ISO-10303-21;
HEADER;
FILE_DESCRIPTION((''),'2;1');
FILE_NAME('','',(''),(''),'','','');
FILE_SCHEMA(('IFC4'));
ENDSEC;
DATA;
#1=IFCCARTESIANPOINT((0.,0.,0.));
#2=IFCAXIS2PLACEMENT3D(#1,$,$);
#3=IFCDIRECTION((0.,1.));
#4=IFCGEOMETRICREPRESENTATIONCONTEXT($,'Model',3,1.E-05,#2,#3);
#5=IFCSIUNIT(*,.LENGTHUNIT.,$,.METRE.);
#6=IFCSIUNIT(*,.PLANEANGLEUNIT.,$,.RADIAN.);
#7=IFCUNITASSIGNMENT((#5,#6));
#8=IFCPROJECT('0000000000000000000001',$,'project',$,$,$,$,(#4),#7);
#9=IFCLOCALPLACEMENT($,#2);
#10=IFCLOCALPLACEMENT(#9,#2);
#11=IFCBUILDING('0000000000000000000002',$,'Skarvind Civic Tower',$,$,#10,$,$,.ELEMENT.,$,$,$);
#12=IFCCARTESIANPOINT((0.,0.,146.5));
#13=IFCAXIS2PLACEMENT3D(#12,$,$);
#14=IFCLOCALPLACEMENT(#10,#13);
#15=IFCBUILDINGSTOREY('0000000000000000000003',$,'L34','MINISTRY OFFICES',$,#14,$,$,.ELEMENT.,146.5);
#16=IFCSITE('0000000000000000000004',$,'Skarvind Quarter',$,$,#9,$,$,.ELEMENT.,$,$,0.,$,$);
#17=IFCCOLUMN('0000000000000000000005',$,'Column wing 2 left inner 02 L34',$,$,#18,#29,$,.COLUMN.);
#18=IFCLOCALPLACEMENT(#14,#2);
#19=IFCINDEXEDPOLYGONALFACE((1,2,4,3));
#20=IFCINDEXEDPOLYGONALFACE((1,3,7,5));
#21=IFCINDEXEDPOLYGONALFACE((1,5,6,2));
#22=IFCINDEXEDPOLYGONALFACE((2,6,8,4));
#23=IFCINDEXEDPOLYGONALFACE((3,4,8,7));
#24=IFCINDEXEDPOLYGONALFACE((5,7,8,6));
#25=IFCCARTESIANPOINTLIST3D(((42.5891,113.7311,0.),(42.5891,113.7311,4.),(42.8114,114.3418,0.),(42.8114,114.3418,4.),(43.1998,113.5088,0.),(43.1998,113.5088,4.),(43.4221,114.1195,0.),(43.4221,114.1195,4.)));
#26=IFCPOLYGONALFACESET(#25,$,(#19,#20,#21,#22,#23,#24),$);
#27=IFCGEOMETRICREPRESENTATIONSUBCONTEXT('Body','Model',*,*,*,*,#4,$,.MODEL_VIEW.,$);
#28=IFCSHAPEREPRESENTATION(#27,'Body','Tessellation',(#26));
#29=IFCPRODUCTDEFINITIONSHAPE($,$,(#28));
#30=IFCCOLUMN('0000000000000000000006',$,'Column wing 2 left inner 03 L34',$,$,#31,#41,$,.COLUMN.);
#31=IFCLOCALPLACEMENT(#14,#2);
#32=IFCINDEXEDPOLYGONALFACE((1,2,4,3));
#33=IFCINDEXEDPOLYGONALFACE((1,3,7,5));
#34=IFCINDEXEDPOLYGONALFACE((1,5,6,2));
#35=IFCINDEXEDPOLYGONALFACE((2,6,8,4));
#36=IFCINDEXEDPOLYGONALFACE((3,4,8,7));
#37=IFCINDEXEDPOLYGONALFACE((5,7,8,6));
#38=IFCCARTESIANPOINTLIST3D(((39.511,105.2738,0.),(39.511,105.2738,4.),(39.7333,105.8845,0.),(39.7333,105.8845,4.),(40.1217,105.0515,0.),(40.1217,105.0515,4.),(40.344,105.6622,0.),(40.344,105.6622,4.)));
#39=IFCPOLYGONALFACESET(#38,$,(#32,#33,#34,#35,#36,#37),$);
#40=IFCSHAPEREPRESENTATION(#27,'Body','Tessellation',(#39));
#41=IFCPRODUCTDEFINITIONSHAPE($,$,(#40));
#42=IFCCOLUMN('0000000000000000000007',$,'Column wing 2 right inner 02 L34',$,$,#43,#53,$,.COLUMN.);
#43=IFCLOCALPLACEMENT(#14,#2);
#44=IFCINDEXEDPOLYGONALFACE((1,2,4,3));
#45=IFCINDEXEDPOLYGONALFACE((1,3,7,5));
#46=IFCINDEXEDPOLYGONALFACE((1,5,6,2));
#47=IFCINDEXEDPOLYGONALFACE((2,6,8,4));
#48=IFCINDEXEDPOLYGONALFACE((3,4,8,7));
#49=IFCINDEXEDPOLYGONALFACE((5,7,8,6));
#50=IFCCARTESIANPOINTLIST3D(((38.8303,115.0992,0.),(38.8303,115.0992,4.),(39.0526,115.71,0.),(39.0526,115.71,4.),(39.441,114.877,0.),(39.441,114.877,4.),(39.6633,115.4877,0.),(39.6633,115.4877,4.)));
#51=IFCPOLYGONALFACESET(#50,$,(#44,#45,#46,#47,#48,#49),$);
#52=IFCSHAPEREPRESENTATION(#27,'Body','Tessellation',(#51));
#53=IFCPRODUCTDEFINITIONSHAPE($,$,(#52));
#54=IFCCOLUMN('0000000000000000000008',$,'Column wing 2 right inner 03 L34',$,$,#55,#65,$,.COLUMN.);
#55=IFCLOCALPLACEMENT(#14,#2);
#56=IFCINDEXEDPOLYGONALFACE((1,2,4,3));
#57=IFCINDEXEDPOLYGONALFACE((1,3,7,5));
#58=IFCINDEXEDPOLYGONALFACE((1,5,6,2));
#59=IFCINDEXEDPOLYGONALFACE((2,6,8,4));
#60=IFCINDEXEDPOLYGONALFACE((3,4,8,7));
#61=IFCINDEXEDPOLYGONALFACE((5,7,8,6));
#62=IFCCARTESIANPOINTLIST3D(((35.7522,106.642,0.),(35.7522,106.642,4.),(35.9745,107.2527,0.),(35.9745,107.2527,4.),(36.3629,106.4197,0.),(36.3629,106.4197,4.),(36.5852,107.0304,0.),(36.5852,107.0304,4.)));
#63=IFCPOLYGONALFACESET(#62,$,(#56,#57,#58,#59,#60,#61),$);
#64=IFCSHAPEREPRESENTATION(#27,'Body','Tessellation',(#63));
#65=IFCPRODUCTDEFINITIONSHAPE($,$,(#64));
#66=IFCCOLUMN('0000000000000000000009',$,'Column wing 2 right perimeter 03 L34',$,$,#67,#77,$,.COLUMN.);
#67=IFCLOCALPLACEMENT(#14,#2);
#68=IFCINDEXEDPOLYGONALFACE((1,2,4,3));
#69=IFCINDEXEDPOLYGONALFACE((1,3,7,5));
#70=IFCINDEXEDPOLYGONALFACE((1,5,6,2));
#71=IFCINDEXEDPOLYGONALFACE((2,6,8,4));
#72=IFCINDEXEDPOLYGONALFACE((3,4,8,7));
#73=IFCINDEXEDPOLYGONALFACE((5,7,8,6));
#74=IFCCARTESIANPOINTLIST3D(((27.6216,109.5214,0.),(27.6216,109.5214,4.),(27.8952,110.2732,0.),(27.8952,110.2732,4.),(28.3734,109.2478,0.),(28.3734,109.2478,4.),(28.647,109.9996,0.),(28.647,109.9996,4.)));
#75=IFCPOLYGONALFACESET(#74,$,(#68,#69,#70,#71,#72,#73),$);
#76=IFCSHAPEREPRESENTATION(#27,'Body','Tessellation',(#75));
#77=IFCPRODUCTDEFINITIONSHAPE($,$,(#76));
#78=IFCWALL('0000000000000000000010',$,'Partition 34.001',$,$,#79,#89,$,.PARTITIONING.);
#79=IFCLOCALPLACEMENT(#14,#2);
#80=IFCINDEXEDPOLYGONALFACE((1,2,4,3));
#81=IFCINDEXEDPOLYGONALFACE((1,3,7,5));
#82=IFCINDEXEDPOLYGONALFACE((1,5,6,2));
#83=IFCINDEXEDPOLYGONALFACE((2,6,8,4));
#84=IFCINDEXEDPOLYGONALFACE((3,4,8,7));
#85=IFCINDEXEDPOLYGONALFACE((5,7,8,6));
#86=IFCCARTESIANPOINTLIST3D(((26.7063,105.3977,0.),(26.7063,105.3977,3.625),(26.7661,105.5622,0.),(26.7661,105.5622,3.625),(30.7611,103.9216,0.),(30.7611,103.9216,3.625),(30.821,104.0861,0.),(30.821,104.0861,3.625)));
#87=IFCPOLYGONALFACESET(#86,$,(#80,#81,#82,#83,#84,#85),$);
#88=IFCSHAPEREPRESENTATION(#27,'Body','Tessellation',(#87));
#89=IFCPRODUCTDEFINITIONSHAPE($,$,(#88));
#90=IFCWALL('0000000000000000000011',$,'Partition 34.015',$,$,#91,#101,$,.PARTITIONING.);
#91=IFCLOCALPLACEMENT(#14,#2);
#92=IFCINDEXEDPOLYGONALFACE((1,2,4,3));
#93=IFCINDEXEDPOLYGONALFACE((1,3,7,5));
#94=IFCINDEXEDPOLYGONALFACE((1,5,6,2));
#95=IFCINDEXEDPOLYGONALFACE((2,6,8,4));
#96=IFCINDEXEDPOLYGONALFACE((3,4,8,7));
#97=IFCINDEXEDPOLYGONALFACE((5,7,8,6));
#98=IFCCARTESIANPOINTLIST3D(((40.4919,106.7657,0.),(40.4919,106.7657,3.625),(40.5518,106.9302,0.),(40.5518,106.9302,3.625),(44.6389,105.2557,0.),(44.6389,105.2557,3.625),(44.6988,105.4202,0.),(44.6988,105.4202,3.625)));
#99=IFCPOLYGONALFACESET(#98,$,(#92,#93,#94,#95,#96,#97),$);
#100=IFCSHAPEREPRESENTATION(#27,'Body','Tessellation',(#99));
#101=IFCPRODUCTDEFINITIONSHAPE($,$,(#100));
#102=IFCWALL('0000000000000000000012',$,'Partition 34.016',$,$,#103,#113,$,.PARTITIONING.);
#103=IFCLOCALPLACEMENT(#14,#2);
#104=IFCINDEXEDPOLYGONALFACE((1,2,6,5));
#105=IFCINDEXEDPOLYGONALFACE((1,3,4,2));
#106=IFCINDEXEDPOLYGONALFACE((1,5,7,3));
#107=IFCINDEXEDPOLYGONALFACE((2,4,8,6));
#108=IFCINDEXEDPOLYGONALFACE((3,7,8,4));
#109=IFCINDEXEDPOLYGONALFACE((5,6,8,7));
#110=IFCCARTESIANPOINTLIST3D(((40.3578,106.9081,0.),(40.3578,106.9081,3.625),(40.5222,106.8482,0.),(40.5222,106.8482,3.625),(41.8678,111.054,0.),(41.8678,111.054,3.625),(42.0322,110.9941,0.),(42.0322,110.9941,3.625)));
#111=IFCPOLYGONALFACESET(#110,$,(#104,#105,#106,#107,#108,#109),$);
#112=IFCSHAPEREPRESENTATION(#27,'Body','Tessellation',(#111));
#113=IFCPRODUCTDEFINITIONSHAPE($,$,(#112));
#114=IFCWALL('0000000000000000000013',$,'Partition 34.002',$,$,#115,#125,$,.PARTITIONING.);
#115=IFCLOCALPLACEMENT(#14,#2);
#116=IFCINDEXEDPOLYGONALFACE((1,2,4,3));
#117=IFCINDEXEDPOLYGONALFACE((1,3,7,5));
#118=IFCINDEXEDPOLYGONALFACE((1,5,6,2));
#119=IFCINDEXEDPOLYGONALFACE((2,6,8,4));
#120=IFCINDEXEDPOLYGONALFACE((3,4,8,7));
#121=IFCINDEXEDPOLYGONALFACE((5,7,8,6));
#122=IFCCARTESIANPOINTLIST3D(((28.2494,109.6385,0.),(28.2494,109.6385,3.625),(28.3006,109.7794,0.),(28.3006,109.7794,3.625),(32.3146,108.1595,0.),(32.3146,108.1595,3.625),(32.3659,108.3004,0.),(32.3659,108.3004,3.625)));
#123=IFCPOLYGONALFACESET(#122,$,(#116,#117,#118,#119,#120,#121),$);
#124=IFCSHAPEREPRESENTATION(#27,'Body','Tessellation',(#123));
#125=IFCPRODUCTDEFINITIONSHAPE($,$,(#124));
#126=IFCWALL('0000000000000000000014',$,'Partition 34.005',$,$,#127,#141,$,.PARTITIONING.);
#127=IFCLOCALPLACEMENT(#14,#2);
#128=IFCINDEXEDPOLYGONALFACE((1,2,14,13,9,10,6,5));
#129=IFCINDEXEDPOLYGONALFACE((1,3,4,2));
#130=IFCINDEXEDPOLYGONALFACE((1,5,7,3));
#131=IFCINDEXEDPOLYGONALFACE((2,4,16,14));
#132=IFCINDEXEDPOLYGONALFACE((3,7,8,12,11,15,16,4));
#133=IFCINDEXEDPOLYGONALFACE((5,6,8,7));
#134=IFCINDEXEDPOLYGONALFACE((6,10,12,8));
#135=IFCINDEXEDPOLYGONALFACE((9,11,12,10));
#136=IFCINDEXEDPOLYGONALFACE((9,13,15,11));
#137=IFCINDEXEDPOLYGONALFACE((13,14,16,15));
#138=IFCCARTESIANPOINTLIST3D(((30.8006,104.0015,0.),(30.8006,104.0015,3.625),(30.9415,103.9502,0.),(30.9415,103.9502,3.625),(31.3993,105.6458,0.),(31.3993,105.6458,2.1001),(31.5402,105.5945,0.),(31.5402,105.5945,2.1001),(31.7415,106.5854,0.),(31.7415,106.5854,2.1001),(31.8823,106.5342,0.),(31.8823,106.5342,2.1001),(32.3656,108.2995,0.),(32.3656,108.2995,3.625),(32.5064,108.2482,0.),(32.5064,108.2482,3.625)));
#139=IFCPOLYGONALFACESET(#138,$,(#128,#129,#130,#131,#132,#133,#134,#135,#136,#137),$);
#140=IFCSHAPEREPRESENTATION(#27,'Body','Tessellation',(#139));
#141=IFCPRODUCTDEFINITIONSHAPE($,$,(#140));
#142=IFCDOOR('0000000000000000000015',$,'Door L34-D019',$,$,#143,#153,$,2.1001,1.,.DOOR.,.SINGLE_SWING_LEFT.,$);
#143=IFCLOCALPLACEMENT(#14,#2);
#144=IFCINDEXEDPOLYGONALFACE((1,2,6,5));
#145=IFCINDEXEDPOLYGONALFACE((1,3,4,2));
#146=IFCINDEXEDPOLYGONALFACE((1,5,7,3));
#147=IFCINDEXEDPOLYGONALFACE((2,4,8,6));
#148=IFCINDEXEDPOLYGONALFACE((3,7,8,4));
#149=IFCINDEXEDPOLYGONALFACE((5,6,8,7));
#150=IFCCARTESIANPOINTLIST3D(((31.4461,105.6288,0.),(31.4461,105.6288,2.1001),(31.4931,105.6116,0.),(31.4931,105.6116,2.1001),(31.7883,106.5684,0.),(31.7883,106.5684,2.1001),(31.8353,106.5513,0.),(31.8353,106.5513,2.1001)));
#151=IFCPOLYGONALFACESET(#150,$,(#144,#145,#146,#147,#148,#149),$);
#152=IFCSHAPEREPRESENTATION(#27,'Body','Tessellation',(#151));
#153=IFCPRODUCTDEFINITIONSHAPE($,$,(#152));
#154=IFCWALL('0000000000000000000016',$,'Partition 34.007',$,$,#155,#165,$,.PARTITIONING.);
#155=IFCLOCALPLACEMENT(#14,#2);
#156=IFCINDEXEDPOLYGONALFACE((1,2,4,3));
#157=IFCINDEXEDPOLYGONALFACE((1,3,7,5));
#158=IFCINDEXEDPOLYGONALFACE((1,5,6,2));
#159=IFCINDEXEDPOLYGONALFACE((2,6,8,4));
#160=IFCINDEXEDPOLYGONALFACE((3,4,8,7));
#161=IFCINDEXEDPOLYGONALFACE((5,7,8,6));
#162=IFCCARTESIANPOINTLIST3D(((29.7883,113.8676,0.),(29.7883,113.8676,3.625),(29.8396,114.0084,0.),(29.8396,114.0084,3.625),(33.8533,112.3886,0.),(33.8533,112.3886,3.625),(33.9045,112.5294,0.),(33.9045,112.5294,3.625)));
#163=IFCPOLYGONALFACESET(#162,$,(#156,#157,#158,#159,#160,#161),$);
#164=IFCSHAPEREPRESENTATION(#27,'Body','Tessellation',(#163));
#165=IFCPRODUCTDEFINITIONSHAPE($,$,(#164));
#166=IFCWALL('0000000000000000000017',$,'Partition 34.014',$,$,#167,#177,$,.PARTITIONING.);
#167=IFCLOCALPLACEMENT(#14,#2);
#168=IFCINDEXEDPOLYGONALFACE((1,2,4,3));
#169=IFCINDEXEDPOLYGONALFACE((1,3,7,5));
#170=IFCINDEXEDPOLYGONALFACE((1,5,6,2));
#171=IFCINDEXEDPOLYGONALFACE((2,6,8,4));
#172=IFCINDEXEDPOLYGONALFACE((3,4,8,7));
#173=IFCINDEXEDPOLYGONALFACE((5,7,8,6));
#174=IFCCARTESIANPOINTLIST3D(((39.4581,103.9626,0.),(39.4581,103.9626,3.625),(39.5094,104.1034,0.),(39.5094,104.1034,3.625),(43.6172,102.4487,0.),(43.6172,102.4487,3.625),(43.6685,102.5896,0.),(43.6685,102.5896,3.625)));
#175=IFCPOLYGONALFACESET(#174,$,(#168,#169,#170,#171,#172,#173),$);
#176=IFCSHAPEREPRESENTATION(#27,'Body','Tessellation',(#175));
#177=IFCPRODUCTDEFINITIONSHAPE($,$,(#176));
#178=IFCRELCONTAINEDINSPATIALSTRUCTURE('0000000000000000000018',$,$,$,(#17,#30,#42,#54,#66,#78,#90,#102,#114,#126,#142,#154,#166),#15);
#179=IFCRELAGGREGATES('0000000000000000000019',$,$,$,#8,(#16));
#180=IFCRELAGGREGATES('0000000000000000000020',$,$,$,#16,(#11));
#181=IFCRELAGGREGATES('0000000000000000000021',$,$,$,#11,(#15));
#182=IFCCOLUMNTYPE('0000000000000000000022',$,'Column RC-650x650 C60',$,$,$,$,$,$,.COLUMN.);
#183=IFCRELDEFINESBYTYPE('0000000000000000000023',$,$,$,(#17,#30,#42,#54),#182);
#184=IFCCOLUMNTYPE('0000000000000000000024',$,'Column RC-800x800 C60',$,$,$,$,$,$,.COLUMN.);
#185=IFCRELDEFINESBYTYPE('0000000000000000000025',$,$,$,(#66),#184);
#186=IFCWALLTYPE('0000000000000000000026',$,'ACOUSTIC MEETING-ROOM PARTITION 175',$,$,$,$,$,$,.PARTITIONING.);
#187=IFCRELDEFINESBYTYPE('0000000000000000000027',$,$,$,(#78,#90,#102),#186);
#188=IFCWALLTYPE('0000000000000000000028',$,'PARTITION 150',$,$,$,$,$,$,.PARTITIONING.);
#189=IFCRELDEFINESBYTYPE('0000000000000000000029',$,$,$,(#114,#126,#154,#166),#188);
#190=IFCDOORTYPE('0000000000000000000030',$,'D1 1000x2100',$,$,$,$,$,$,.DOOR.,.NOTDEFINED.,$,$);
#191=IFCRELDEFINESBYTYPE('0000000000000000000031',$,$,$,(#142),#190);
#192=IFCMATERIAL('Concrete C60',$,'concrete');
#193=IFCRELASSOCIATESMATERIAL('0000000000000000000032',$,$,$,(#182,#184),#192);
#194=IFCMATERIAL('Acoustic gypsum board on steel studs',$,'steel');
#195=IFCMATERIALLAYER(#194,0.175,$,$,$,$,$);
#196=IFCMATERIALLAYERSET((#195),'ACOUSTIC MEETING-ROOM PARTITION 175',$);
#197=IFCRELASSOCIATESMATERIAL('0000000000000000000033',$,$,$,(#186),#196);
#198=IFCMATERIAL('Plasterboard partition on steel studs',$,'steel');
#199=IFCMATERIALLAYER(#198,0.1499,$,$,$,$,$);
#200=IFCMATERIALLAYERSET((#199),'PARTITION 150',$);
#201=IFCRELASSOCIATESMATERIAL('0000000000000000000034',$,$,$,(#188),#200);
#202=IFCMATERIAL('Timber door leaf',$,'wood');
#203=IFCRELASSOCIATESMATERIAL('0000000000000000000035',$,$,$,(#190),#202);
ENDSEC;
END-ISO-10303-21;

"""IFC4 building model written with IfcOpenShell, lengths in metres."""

from ifc_helpers import new_model, si_unit, direction, frame, frame_2d, origin, origin_2d, place, context, subcontext, project, spatial, rectangle, extrude, material, layer, layer_set, material_profile, profile_set, type_object, element, fill, save


model = new_model("IFC4")

# Units and contexts
model_context = context("Model", 3, precision=1e-05, world=origin(), true_north=direction((0.0, 1.0)))
body_context = subcontext(model_context, "Body", "Model", "MODEL_VIEW")
ifc_project = project(units=[si_unit("LENGTHUNIT", "METRE"), si_unit("PLANEANGLEUNIT", "RADIAN")], contexts=[model_context])

# Site, building, storey
site_placement = place(None, origin())
site = spatial("IfcSite", under=ifc_project, at=site_placement, Name="Skarvind Quarter", CompositionType="ELEMENT", RefElevation=0.0)
building_placement = place(site_placement, origin())
building = spatial("IfcBuilding", under=site, at=building_placement, Name="Skarvind Civic Tower", CompositionType="ELEMENT")
storey_placement = place(building_placement, frame((0.0, 0.0, 146.5)))
storey = spatial("IfcBuildingStorey", under=building, at=storey_placement, Name="L34", Description="MINISTRY OFFICES", CompositionType="ELEMENT", Elevation=146.5)

# Columns
ifc_material_1 = material(Name="Concrete C60", Category="concrete")
ifc_material_profile_1 = material_profile(ifc_material_1, rectangle(XDim=0.6499, YDim=0.6499, at=origin_2d()), Name="RC-650x650")
ifc_profile_set_1 = profile_set([ifc_material_profile_1], Name="Concrete C60")
column_type_1 = type_object("IfcColumnType", Name="Column RC-650x650 C60", PredefinedType="COLUMN", material=ifc_profile_set_1)
for number, where, z_axis, x_axis, name in (
    (1, (43.0056, 113.9253, 0.0), (0.0, 0.0, 1.0), (-0.34202, -0.939693, 0.0), "Column wing 2 left inner 02 L34"),
    (2, (39.9275, 105.468, 0.0), (0.0, 0.0, 1.0), (-0.34202, -0.939693, 0.0), "Column wing 2 left inner 03 L34"),
    (3, (39.2468, 115.2935, 0.0), (0.0, 0.0, 1.0), (-0.34202, -0.939693, 0.0), "Column wing 2 right inner 02 L34"),
    (4, (36.1687, 106.8362, 0.0), (0.0, 0.0, 1.0), (-0.34202, -0.939693, 0.0), "Column wing 2 right inner 03 L34"),
):
    element("IfcColumn", number, at=place(storey_placement, frame(where, z_axis=z_axis, x_axis=x_axis)), inside=storey, type_object=column_type_1, Name=name, PredefinedType="COLUMN", context=body_context, shape_type="SweptSolid", body=[
        extrude(rectangle(XDim=0.6499, YDim=0.6499, at=origin_2d()), origin(), (0.0, 0.0, 1.0), 4.0),
    ])
ifc_material_profile_2 = material_profile(ifc_material_1, rectangle(XDim=0.8, YDim=0.8, at=origin_2d()), Name="RC-800x800")
ifc_profile_set_2 = profile_set([ifc_material_profile_2], Name="Concrete C60")
column_type_2 = type_object("IfcColumnType", Name="Column RC-800x800 C60", PredefinedType="COLUMN", material=ifc_profile_set_2)
column_placement = place(storey_placement, frame((28.1343, 109.7605, 0.0), z_axis=(0.0, 0.0, 1.0), x_axis=(-0.34202, -0.939693, 0.0)))
element("IfcColumn", 5, at=column_placement, inside=storey, type_object=column_type_2, Name="Column wing 2 right perimeter 03 L34", PredefinedType="COLUMN", context=body_context, shape_type="SweptSolid", body=[
    extrude(rectangle(XDim=0.8, YDim=0.8, at=origin_2d()), origin(), (0.0, 0.0, 1.0), 4.0),
])

# Walls
ifc_material_2 = material(Name="Acoustic gypsum board on steel studs", Category="steel")
ifc_layer_1 = layer(ifc_material_2, 0.175)
ifc_layer_set_1 = layer_set([ifc_layer_1], Name="ACOUSTIC MEETING-ROOM PARTITION 175")
wall_type_1 = type_object("IfcWallType", Name="ACOUSTIC MEETING-ROOM PARTITION 175", PredefinedType="PARTITIONING", material=ifc_layer_set_1)
wall_1_placement = place(storey_placement, frame((26.7361, 105.48, 0.0), z_axis=(0.0, 0.0, 1.0), x_axis=(0.939678, -0.342061, 0.0)))
element("IfcWall", 6, at=wall_1_placement, inside=storey, type_object=wall_type_1, Name="Partition 34.001", PredefinedType="PARTITIONING", context=body_context, shape_type="SweptSolid", body=[
    extrude(rectangle(XDim=4.3152, YDim=0.175, at=frame_2d((2.1577, 0.0))), origin(), (0.0, 0.0, 1.0), 3.625),
])
wall_2_placement = place(storey_placement, frame((40.522, 106.8479, 0.0), z_axis=(0.0, 0.0, 1.0), x_axis=(0.939646, -0.342147, 0.0)))
element("IfcWall", 7, at=wall_2_placement, inside=storey, type_object=wall_type_1, Name="Partition 34.015", PredefinedType="PARTITIONING", context=body_context, shape_type="SweptSolid", body=[
    extrude(rectangle(XDim=4.4133, YDim=0.175, at=frame_2d((2.2065, 0.0))), origin(), (0.0, 0.0, 1.0), 3.625),
])
wall_3_placement = place(storey_placement, frame((41.95, 111.0239, 0.0), z_axis=(0.0, 0.0, 1.0), x_axis=(-0.342218, -0.93962, 0.0)))
element("IfcWall", 8, at=wall_3_placement, inside=storey, type_object=wall_type_1, Name="Partition 34.016", PredefinedType="PARTITIONING", context=body_context, shape_type="SweptSolid", body=[
    extrude(rectangle(XDim=4.4124, YDim=0.175, at=frame_2d((2.2061, 0.0))), origin(), (0.0, 0.0, 1.0), 3.625),
])
ifc_material_3 = material(Name="Plasterboard partition on steel studs", Category="steel")
ifc_layer_2 = layer(ifc_material_3, 0.1499)
ifc_layer_set_2 = layer_set([ifc_layer_2], Name="PARTITION 150")
wall_type_2 = type_object("IfcWallType", Name="PARTITION 150", PredefinedType="PARTITIONING", material=ifc_layer_set_2)
wall_4_placement = place(storey_placement, frame((28.2749, 109.709, 0.0), z_axis=(0.0, 0.0, 1.0), x_axis=(0.939737, -0.341897, 0.0)))
element("IfcWall", 9, at=wall_4_placement, inside=storey, type_object=wall_type_2, Name="Partition 34.002", PredefinedType="PARTITIONING", context=body_context, shape_type="SweptSolid", body=[
    extrude(rectangle(XDim=4.3259, YDim=0.1499, at=frame_2d((2.1631, 0.0))), origin(), (0.0, 0.0, 1.0), 3.625),
])

# Wall, opening, door
wall_5_placement = place(storey_placement, frame((32.436, 108.2739, 0.0), z_axis=(0.0, 0.0, 1.0), x_axis=(-0.342146, -0.939647, 0.0)))
wall_5 = element("IfcWall", 10, at=wall_5_placement, inside=storey, type_object=wall_type_2, Name="Partition 34.005", PredefinedType="PARTITIONING", context=body_context, shape_type="SweptSolid", body=[
    extrude(rectangle(XDim=4.574, YDim=0.1499, at=frame_2d((2.2871, 0.0))), origin(), (0.0, 0.0, 1.0), 3.625),
])
opening_placement = place(wall_5_placement, frame((1.8242, 0.0, 0.0)))
opening = element("IfcOpeningElement", 11, at=opening_placement, cuts=wall_5, PredefinedType="OPENING", context=body_context, shape_type="SweptSolid", body=[
    extrude(rectangle(XDim=1.0, YDim=2.1001, at=frame_2d((0.5, 1.05))), frame((0.0, 0.085, 0.0), z_axis=(0.0, -1.0, 0.0), x_axis=(1.0, 0.0, 0.0)), (0.0, 0.0, 1.0), 0.1699),
])
ifc_material_4 = material(Name="Timber door leaf", Category="wood")
door_type = type_object("IfcDoorType", Name="D1 1000x2100", OperationType="NOTDEFINED", PredefinedType="DOOR", material=ifc_material_4)
door_placement = place(opening_placement, origin())
door = element("IfcDoor", 12, at=door_placement, inside=storey, type_object=door_type, Name="Door L34-D019", OperationType="SINGLE_SWING_LEFT", OverallHeight=2.1001, OverallWidth=1.0, PredefinedType="DOOR", context=body_context, shape_type="SweptSolid", body=[
    extrude(rectangle(XDim=1.0, YDim=2.1001, at=frame_2d((0.5, 1.05))), frame((0.0, 0.0249, 0.0), z_axis=(0.0, -1.0, 0.0), x_axis=(1.0, 0.0, 0.0)), (0.0, 0.0, 1.0), 0.05),
])
fill(opening, door)

# Walls
wall_6_placement = place(storey_placement, frame((33.8789, 112.459, 0.0), z_axis=(0.0, 0.0, 1.0), x_axis=(-0.939731, 0.341915, 0.0)))
element("IfcWall", 13, at=wall_6_placement, inside=storey, type_object=wall_type_2, Name="Partition 34.007", PredefinedType="PARTITIONING", context=body_context, shape_type="SweptSolid", body=[
    extrude(rectangle(XDim=4.3257, YDim=0.1499, at=frame_2d((2.1628, 0.0))), origin(), (0.0, 0.0, 1.0), 3.625),
])
wall_7_placement = place(storey_placement, frame((39.4839, 104.033, 0.0), z_axis=(0.0, 0.0, 1.0), x_axis=(0.939685, -0.34204, 0.0)))
element("IfcWall", 14, at=wall_7_placement, inside=storey, type_object=wall_type_2, Name="Partition 34.014", PredefinedType="PARTITIONING", context=body_context, shape_type="SweptSolid", body=[
    extrude(rectangle(XDim=4.426, YDim=0.1499, at=frame_2d((2.2129, 0.0))), origin(), (0.0, 0.0, 1.0), 3.625),
])

save(model, "model.ifc")
